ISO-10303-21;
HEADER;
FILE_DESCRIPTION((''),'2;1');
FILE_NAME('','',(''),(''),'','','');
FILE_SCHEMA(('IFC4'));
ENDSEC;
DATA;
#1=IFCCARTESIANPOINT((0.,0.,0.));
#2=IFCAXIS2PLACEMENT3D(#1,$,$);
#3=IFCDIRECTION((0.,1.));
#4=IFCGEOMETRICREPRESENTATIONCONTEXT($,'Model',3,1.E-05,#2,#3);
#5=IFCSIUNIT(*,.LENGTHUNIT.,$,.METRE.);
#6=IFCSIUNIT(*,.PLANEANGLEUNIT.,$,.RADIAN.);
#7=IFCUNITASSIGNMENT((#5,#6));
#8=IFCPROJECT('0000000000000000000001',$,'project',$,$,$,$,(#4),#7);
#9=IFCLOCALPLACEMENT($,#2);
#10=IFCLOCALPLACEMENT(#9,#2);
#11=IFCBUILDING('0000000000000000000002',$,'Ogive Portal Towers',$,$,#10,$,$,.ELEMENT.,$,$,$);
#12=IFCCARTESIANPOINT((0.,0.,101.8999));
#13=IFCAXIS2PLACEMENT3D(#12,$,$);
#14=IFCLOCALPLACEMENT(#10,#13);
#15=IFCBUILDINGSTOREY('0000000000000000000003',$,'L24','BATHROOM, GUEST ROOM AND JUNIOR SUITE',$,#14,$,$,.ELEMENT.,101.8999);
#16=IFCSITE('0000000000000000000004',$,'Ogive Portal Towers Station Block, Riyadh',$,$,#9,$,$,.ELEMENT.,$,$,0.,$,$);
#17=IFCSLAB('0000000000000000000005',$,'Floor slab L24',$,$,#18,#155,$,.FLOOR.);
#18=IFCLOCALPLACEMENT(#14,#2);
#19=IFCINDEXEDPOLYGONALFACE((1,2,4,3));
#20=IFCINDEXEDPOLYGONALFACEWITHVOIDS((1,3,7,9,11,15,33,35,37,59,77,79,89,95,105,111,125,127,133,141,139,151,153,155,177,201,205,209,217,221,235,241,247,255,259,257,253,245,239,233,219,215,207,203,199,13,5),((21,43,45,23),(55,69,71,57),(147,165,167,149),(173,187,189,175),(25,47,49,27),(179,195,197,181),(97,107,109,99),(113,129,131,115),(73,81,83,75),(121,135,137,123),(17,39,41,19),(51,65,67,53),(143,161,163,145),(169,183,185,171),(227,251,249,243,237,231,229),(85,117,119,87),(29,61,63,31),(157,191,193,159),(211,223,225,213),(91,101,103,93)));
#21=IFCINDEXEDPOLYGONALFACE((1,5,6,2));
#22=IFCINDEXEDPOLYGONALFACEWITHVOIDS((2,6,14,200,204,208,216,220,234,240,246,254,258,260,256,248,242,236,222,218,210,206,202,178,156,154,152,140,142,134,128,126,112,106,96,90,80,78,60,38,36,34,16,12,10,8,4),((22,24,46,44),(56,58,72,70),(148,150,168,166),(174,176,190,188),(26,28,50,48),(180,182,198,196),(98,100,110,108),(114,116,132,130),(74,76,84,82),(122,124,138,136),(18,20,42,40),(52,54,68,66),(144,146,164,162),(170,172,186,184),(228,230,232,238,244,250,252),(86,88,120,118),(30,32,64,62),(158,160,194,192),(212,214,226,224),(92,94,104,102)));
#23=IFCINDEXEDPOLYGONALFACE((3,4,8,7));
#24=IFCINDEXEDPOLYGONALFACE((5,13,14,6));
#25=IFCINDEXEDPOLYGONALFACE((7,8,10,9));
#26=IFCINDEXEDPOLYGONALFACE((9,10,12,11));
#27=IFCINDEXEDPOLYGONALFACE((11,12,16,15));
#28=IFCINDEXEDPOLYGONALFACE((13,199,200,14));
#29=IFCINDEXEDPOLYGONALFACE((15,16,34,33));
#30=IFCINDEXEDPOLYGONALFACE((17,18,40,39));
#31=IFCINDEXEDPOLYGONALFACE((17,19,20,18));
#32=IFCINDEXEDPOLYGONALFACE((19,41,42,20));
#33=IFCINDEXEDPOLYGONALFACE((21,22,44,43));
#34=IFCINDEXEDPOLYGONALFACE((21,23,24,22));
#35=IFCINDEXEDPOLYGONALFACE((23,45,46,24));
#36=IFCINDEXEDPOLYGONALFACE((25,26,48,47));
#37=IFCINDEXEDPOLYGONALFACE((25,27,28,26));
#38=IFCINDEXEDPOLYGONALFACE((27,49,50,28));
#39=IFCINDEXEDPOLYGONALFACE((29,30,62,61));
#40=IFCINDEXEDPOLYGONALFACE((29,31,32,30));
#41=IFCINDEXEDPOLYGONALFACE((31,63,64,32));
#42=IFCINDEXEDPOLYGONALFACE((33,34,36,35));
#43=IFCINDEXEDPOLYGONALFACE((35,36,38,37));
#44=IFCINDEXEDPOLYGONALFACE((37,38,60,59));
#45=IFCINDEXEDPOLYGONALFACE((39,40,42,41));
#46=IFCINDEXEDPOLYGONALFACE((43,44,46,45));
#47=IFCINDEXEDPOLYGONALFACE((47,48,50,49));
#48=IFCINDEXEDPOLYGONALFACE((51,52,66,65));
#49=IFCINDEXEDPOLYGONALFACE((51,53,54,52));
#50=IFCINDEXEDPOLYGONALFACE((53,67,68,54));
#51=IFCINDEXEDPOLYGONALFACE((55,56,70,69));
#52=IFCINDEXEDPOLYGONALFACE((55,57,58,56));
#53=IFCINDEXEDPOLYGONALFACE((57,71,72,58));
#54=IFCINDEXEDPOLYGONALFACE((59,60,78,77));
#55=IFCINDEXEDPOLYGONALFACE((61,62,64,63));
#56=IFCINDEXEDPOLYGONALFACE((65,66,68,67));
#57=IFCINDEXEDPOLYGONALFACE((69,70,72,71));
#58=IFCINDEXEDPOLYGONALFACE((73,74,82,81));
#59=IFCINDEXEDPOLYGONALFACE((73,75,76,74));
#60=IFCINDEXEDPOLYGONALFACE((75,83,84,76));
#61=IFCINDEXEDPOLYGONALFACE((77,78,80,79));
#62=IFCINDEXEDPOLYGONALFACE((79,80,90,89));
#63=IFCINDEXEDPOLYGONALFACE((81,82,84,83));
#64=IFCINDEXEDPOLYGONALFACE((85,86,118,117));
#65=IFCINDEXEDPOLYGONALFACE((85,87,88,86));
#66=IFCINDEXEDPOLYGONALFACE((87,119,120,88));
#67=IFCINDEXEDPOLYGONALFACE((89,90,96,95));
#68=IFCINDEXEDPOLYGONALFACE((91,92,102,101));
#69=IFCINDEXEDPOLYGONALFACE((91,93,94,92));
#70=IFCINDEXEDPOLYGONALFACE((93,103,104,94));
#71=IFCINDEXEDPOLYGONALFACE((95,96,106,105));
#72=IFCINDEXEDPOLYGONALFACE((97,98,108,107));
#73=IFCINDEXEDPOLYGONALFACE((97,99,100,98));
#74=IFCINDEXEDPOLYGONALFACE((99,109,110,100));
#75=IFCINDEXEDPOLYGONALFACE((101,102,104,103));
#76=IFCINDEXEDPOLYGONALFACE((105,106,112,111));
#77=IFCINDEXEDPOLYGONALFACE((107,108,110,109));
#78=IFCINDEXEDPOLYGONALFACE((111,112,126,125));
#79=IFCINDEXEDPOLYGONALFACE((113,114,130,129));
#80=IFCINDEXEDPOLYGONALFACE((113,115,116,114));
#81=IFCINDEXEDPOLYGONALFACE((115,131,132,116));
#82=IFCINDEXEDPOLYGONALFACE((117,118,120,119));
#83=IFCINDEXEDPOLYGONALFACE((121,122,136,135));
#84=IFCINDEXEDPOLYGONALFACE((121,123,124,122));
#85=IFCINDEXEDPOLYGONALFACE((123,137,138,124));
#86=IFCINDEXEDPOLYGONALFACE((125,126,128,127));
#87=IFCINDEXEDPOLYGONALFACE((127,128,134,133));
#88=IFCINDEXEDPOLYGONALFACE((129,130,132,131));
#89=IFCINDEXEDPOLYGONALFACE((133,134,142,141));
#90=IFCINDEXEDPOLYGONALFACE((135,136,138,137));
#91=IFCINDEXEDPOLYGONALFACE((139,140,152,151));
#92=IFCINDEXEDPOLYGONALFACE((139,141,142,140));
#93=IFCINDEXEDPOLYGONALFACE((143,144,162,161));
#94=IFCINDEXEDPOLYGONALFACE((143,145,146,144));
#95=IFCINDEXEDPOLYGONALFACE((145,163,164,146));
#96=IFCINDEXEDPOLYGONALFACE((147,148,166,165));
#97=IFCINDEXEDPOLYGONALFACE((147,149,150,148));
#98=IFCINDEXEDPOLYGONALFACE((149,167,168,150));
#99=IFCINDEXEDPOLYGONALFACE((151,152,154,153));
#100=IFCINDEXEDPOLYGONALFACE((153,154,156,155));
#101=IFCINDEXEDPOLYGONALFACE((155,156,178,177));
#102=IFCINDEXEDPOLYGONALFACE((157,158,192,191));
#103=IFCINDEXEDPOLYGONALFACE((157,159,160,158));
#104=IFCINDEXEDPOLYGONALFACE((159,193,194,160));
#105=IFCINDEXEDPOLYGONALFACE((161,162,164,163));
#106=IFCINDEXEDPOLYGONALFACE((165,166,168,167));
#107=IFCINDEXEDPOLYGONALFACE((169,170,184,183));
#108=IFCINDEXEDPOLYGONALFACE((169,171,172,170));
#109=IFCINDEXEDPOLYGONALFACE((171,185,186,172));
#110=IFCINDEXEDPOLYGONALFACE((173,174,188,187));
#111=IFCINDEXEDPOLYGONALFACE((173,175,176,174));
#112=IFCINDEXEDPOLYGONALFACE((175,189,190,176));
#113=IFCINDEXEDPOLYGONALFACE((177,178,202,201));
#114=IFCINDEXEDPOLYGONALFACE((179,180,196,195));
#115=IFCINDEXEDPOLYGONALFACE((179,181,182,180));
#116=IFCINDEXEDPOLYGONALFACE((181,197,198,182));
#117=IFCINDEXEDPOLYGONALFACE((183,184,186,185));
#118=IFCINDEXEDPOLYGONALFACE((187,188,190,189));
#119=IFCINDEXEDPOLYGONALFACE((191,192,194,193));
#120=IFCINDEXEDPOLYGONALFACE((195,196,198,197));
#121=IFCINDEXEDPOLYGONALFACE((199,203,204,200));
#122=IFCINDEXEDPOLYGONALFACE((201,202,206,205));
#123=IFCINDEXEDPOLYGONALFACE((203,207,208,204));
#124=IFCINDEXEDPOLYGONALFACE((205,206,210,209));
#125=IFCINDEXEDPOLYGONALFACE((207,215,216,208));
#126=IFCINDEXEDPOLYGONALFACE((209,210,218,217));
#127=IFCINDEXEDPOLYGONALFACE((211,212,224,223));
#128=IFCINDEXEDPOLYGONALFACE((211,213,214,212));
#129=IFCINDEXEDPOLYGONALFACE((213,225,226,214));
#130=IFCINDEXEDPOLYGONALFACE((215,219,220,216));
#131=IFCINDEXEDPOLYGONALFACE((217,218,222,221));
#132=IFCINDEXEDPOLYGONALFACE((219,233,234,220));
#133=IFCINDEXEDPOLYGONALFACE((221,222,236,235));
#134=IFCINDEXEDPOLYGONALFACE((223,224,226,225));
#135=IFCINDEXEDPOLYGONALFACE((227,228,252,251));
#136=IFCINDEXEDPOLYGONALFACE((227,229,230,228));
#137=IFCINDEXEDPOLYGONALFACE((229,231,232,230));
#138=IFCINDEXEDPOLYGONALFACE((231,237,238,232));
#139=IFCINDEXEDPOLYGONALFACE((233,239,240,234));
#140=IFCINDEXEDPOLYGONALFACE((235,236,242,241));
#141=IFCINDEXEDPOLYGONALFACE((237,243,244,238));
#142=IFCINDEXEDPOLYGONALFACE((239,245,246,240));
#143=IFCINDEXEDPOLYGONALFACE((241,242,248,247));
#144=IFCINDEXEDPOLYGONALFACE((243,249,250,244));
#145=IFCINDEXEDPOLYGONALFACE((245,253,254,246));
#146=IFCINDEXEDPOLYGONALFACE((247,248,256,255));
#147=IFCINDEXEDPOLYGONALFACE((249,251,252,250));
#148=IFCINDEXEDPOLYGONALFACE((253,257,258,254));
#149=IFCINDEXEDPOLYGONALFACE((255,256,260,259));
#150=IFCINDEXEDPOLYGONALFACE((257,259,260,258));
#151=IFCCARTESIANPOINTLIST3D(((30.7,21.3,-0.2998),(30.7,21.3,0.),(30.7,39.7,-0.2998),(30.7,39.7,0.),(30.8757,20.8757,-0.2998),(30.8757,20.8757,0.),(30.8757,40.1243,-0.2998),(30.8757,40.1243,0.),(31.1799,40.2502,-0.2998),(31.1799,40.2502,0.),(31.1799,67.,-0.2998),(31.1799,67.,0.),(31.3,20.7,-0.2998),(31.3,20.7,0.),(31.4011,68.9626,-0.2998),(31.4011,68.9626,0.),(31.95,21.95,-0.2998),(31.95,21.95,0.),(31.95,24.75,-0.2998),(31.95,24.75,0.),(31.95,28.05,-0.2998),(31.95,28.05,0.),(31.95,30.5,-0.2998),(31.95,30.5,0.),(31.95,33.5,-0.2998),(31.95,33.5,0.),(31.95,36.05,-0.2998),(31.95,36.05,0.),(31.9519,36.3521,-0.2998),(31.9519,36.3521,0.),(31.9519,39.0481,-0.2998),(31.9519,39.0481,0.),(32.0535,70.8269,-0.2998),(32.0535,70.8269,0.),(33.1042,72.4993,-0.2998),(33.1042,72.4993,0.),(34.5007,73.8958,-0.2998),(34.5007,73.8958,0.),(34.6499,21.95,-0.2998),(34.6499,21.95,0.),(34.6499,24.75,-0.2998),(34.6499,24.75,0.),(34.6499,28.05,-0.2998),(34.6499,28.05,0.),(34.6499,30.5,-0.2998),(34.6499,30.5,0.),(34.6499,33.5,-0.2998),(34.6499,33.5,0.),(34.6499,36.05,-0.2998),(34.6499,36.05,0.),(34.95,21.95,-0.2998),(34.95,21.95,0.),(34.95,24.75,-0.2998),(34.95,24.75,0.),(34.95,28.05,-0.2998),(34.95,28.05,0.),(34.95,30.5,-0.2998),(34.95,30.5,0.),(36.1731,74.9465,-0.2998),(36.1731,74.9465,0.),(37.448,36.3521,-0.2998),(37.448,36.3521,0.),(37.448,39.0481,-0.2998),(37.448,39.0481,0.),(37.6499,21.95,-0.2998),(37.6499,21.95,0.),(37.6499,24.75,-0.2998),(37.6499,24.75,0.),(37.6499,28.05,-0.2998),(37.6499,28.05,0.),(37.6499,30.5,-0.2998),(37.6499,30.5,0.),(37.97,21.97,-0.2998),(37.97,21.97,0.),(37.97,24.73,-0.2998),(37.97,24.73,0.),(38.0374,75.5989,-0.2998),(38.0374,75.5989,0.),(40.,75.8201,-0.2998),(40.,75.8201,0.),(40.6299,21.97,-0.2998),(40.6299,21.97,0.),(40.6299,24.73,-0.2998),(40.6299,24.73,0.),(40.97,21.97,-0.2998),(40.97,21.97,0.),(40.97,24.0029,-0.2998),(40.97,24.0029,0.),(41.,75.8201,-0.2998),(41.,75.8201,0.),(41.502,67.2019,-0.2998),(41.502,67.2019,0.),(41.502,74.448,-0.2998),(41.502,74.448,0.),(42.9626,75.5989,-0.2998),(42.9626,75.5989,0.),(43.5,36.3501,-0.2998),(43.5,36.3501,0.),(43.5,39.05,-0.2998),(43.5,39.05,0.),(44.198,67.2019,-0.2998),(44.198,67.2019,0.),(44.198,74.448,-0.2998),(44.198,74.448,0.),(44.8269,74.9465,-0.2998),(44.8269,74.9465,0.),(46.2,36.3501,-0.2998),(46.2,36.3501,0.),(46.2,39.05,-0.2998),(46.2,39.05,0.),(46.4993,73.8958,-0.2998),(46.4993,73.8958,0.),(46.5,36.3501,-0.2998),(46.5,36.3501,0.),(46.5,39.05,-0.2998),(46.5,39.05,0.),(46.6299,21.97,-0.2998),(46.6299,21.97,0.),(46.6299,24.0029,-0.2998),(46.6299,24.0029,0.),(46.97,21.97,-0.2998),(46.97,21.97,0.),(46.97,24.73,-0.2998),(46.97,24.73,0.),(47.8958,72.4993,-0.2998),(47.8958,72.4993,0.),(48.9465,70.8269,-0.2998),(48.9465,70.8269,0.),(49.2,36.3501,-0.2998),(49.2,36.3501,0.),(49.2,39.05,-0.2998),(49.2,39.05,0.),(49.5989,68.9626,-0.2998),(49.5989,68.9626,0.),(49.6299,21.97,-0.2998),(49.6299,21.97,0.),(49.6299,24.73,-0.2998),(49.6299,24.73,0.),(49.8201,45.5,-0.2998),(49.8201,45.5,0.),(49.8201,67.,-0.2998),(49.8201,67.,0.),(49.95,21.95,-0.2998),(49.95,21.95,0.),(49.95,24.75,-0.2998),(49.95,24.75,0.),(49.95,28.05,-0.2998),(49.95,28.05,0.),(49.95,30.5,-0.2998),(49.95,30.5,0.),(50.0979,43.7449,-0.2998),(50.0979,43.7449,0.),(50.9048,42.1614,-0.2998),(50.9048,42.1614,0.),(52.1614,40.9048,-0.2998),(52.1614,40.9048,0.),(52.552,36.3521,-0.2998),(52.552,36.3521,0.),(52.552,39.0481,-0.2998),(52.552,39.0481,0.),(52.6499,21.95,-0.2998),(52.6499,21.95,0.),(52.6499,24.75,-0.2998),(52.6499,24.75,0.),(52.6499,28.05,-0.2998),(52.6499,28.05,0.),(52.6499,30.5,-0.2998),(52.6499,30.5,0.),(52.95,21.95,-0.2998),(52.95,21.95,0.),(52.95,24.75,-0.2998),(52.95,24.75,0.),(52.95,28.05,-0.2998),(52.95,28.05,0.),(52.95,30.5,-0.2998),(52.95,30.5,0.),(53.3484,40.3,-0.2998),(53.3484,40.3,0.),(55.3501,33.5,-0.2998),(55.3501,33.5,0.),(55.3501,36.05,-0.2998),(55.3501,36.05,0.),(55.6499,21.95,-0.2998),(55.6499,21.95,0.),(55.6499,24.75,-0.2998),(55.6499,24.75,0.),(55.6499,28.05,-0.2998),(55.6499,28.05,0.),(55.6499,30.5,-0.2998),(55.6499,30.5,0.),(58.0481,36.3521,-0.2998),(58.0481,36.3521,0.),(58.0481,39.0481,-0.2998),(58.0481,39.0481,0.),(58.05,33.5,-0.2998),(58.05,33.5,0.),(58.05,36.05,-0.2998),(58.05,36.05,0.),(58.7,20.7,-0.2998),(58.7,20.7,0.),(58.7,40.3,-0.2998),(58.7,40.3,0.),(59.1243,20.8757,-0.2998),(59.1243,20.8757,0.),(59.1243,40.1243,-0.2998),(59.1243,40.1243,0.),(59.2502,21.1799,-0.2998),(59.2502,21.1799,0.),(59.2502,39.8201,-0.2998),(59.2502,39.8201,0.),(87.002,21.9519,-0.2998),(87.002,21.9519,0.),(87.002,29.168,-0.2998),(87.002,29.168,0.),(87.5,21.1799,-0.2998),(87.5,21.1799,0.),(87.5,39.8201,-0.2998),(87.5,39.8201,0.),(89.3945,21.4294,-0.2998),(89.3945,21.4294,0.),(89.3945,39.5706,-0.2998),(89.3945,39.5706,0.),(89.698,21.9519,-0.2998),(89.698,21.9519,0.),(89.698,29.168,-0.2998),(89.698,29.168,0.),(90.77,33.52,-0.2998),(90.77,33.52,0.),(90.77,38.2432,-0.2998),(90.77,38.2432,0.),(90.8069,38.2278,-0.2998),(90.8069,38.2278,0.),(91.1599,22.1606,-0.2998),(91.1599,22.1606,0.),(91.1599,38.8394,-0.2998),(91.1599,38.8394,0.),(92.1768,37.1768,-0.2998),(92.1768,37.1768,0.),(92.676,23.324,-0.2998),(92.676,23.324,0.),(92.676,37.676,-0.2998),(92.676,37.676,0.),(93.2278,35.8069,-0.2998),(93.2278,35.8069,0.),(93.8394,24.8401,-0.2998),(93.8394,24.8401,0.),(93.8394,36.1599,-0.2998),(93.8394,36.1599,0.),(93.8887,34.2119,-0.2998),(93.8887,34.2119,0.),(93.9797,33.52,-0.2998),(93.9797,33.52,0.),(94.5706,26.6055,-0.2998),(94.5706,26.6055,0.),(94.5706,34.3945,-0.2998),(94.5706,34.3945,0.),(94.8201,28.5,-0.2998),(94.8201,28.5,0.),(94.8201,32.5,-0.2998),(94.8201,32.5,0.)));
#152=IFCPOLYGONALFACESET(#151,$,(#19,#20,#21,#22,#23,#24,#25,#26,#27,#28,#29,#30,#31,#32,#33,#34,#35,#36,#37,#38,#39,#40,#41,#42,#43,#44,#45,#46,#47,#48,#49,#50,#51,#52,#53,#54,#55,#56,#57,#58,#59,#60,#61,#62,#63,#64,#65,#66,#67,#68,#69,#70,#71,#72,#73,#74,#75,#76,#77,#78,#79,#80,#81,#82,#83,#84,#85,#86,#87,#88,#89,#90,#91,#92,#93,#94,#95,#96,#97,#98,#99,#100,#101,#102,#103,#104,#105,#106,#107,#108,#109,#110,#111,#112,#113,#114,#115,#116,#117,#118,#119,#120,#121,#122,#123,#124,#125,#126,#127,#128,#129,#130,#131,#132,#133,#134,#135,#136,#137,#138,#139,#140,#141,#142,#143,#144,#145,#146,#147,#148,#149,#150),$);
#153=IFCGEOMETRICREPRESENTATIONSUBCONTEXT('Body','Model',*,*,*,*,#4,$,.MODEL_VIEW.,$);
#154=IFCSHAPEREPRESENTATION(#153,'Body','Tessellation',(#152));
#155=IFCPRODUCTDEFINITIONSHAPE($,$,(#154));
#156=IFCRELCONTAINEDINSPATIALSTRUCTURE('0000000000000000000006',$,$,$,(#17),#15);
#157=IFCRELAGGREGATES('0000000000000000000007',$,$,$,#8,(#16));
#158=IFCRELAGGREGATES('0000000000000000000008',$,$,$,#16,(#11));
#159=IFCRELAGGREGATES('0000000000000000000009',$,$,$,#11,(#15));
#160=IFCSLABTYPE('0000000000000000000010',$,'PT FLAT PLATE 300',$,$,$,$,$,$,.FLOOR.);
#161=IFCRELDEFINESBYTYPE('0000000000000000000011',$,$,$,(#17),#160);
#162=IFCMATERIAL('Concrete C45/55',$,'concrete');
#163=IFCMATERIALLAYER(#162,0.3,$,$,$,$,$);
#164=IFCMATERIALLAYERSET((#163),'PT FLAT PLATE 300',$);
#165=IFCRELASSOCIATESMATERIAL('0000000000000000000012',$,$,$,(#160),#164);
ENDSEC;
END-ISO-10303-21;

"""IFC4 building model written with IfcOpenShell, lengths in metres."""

from ifc_helpers import new_model, si_unit, direction, frame, origin, place, context, subcontext, project, spatial, polyline, outline, extrude, material, layer, layer_set, type_object, element, save


model = new_model("IFC4")

# Units and contexts
model_context = context("Model", 3, precision=1e-05, world=origin(), true_north=direction((0.0, 1.0)))
body_context = subcontext(model_context, "Body", "Model", "MODEL_VIEW")
ifc_project = project(units=[si_unit("LENGTHUNIT", "METRE"), si_unit("PLANEANGLEUNIT", "RADIAN")], contexts=[model_context])

# Site, building, storey
site_placement = place(None, origin())
site = spatial("IfcSite", under=ifc_project, at=site_placement, Name="Ogive Portal Towers Station Block, Riyadh", CompositionType="ELEMENT", RefElevation=0.0)
building_placement = place(site_placement, origin())
building = spatial("IfcBuilding", under=site, at=building_placement, Name="Ogive Portal Towers", CompositionType="ELEMENT")
storey_placement = place(building_placement, frame((0.0, 0.0, 101.8999)))
storey = spatial("IfcBuildingStorey", under=building, at=storey_placement, Name="L24", Description="BATHROOM, GUEST ROOM AND JUNIOR SUITE", CompositionType="ELEMENT", Elevation=101.8999)

# Slab
ifc_material_1 = material(Name="Concrete C45/55", Category="concrete")
ifc_layer_1 = layer(ifc_material_1, 0.3)
ifc_layer_set_1 = layer_set([ifc_layer_1], Name="PT FLAT PLATE 300")
slab_type_1 = type_object("IfcSlabType", Name="PT FLAT PLATE 300", PredefinedType="FLOOR", material=ifc_layer_set_1)
slab_1_placement = place(storey_placement, frame((0.0, 0.0, -0.2998)))
element("IfcSlab", 1, at=slab_1_placement, inside=storey, type_object=slab_type_1, Name="Floor slab L24", PredefinedType="FLOOR", context=body_context, shape_type="SweptSolid", body=[
    extrude(outline(polyline([(89.3945, 39.5706), (87.5, 39.8201), (59.2502, 39.8201), (59.1243, 40.1243), (58.7, 40.3), (53.3484, 40.3), (52.1614, 40.9048), (50.9048, 42.1614), (50.0979, 43.7449), (49.8201, 45.5), (49.8201, 67.0), (49.5989, 68.9626), (48.9465, 70.8269), (47.8958, 72.4993), (46.4993, 73.8958), (44.8269, 74.9465), (42.9626, 75.5989), (41.0, 75.8201), (40.0, 75.8201), (38.0374, 75.5989), (36.1731, 74.9465), (34.5007, 73.8958), (33.1042, 72.4993), (32.0535, 70.8269), (31.4011, 68.9626), (31.1799, 67.0), (31.1799, 40.2502), (30.8757, 40.1243), (30.7, 39.7), (30.7, 21.3), (30.8757, 20.8757), (31.3, 20.7), (58.7, 20.7), (59.1243, 20.8757), (59.2502, 21.1799), (87.5, 21.1799), (89.3945, 21.4294), (91.1599, 22.1606), (92.676, 23.324), (93.8394, 24.8401), (94.5706, 26.6055), (94.8201, 28.5), (94.8201, 32.5), (94.5706, 34.3945), (93.8394, 36.1599), (92.676, 37.676), (91.1599, 38.8394), (89.3945, 39.5706)]), holes=[polyline([(46.6299, 21.97), (40.97, 21.97), (40.97, 24.0029), (46.6299, 24.0029), (46.6299, 21.97)]), polyline([(34.6499, 24.75), (34.6499, 21.95), (31.95, 21.95), (31.95, 24.75), (34.6499, 24.75)]), polyline([(37.6499, 24.75), (37.6499, 21.95), (34.95, 21.95), (34.95, 24.75), (37.6499, 24.75)]), polyline([(37.97, 21.97), (37.97, 24.73), (40.6299, 24.73), (40.6299, 21.97), (37.97, 21.97)]), polyline([(34.6499, 28.05), (31.95, 28.05), (31.95, 30.5), (34.6499, 30.5), (34.6499, 28.05)]), polyline([(37.6499, 30.5), (37.6499, 28.05), (34.95, 28.05), (34.95, 30.5), (37.6499, 30.5)]), polyline([(34.6499, 33.5), (31.95, 33.5), (31.95, 36.05), (34.6499, 36.05), (34.6499, 33.5)]), polyline([(37.448, 39.0481), (37.448, 36.3521), (31.9519, 36.3521), (31.9519, 39.0481), (37.448, 39.0481)]), polyline([(46.2, 39.05), (46.2, 36.3501), (43.5, 36.3501), (43.5, 39.05), (46.2, 39.05)]), polyline([(49.2, 36.3501), (46.5, 36.3501), (46.5, 39.05), (49.2, 39.05), (49.2, 36.3501)]), polyline([(44.198, 67.2019), (41.502, 67.2019), (41.502, 74.448), (44.198, 74.448), (44.198, 67.2019)]), polyline([(49.6299, 21.97), (46.97, 21.97), (46.97, 24.73), (49.6299, 24.73), (49.6299, 21.97)]), polyline([(52.6499, 24.75), (52.6499, 21.95), (49.95, 21.95), (49.95, 24.75), (52.6499, 24.75)]), polyline([(55.6499, 21.95), (52.95, 21.95), (52.95, 24.75), (55.6499, 24.75), (55.6499, 21.95)]), polyline([(87.002, 29.168), (89.698, 29.168), (89.698, 21.9519), (87.002, 21.9519), (87.002, 29.168)]), polyline([(52.6499, 30.5), (52.6499, 28.05), (49.95, 28.05), (49.95, 30.5), (52.6499, 30.5)]), polyline([(55.6499, 28.05), (52.95, 28.05), (52.95, 30.5), (55.6499, 30.5), (55.6499, 28.05)]), polyline([(58.05, 36.05), (58.05, 33.5), (55.3501, 33.5), (55.3501, 36.05), (58.05, 36.05)]), polyline([(93.2278, 35.8069), (93.8887, 34.2119), (93.9797, 33.52), (90.77, 33.52), (90.77, 38.2432), (90.8069, 38.2278), (92.1768, 37.1768), (93.2278, 35.8069)]), polyline([(52.552, 36.3521), (52.552, 39.0481), (58.0481, 39.0481), (58.0481, 36.3521), (52.552, 36.3521)])]), origin(), (0.0, 0.0, 1.0), 0.2998),
])

save(model, "model.ifc")
